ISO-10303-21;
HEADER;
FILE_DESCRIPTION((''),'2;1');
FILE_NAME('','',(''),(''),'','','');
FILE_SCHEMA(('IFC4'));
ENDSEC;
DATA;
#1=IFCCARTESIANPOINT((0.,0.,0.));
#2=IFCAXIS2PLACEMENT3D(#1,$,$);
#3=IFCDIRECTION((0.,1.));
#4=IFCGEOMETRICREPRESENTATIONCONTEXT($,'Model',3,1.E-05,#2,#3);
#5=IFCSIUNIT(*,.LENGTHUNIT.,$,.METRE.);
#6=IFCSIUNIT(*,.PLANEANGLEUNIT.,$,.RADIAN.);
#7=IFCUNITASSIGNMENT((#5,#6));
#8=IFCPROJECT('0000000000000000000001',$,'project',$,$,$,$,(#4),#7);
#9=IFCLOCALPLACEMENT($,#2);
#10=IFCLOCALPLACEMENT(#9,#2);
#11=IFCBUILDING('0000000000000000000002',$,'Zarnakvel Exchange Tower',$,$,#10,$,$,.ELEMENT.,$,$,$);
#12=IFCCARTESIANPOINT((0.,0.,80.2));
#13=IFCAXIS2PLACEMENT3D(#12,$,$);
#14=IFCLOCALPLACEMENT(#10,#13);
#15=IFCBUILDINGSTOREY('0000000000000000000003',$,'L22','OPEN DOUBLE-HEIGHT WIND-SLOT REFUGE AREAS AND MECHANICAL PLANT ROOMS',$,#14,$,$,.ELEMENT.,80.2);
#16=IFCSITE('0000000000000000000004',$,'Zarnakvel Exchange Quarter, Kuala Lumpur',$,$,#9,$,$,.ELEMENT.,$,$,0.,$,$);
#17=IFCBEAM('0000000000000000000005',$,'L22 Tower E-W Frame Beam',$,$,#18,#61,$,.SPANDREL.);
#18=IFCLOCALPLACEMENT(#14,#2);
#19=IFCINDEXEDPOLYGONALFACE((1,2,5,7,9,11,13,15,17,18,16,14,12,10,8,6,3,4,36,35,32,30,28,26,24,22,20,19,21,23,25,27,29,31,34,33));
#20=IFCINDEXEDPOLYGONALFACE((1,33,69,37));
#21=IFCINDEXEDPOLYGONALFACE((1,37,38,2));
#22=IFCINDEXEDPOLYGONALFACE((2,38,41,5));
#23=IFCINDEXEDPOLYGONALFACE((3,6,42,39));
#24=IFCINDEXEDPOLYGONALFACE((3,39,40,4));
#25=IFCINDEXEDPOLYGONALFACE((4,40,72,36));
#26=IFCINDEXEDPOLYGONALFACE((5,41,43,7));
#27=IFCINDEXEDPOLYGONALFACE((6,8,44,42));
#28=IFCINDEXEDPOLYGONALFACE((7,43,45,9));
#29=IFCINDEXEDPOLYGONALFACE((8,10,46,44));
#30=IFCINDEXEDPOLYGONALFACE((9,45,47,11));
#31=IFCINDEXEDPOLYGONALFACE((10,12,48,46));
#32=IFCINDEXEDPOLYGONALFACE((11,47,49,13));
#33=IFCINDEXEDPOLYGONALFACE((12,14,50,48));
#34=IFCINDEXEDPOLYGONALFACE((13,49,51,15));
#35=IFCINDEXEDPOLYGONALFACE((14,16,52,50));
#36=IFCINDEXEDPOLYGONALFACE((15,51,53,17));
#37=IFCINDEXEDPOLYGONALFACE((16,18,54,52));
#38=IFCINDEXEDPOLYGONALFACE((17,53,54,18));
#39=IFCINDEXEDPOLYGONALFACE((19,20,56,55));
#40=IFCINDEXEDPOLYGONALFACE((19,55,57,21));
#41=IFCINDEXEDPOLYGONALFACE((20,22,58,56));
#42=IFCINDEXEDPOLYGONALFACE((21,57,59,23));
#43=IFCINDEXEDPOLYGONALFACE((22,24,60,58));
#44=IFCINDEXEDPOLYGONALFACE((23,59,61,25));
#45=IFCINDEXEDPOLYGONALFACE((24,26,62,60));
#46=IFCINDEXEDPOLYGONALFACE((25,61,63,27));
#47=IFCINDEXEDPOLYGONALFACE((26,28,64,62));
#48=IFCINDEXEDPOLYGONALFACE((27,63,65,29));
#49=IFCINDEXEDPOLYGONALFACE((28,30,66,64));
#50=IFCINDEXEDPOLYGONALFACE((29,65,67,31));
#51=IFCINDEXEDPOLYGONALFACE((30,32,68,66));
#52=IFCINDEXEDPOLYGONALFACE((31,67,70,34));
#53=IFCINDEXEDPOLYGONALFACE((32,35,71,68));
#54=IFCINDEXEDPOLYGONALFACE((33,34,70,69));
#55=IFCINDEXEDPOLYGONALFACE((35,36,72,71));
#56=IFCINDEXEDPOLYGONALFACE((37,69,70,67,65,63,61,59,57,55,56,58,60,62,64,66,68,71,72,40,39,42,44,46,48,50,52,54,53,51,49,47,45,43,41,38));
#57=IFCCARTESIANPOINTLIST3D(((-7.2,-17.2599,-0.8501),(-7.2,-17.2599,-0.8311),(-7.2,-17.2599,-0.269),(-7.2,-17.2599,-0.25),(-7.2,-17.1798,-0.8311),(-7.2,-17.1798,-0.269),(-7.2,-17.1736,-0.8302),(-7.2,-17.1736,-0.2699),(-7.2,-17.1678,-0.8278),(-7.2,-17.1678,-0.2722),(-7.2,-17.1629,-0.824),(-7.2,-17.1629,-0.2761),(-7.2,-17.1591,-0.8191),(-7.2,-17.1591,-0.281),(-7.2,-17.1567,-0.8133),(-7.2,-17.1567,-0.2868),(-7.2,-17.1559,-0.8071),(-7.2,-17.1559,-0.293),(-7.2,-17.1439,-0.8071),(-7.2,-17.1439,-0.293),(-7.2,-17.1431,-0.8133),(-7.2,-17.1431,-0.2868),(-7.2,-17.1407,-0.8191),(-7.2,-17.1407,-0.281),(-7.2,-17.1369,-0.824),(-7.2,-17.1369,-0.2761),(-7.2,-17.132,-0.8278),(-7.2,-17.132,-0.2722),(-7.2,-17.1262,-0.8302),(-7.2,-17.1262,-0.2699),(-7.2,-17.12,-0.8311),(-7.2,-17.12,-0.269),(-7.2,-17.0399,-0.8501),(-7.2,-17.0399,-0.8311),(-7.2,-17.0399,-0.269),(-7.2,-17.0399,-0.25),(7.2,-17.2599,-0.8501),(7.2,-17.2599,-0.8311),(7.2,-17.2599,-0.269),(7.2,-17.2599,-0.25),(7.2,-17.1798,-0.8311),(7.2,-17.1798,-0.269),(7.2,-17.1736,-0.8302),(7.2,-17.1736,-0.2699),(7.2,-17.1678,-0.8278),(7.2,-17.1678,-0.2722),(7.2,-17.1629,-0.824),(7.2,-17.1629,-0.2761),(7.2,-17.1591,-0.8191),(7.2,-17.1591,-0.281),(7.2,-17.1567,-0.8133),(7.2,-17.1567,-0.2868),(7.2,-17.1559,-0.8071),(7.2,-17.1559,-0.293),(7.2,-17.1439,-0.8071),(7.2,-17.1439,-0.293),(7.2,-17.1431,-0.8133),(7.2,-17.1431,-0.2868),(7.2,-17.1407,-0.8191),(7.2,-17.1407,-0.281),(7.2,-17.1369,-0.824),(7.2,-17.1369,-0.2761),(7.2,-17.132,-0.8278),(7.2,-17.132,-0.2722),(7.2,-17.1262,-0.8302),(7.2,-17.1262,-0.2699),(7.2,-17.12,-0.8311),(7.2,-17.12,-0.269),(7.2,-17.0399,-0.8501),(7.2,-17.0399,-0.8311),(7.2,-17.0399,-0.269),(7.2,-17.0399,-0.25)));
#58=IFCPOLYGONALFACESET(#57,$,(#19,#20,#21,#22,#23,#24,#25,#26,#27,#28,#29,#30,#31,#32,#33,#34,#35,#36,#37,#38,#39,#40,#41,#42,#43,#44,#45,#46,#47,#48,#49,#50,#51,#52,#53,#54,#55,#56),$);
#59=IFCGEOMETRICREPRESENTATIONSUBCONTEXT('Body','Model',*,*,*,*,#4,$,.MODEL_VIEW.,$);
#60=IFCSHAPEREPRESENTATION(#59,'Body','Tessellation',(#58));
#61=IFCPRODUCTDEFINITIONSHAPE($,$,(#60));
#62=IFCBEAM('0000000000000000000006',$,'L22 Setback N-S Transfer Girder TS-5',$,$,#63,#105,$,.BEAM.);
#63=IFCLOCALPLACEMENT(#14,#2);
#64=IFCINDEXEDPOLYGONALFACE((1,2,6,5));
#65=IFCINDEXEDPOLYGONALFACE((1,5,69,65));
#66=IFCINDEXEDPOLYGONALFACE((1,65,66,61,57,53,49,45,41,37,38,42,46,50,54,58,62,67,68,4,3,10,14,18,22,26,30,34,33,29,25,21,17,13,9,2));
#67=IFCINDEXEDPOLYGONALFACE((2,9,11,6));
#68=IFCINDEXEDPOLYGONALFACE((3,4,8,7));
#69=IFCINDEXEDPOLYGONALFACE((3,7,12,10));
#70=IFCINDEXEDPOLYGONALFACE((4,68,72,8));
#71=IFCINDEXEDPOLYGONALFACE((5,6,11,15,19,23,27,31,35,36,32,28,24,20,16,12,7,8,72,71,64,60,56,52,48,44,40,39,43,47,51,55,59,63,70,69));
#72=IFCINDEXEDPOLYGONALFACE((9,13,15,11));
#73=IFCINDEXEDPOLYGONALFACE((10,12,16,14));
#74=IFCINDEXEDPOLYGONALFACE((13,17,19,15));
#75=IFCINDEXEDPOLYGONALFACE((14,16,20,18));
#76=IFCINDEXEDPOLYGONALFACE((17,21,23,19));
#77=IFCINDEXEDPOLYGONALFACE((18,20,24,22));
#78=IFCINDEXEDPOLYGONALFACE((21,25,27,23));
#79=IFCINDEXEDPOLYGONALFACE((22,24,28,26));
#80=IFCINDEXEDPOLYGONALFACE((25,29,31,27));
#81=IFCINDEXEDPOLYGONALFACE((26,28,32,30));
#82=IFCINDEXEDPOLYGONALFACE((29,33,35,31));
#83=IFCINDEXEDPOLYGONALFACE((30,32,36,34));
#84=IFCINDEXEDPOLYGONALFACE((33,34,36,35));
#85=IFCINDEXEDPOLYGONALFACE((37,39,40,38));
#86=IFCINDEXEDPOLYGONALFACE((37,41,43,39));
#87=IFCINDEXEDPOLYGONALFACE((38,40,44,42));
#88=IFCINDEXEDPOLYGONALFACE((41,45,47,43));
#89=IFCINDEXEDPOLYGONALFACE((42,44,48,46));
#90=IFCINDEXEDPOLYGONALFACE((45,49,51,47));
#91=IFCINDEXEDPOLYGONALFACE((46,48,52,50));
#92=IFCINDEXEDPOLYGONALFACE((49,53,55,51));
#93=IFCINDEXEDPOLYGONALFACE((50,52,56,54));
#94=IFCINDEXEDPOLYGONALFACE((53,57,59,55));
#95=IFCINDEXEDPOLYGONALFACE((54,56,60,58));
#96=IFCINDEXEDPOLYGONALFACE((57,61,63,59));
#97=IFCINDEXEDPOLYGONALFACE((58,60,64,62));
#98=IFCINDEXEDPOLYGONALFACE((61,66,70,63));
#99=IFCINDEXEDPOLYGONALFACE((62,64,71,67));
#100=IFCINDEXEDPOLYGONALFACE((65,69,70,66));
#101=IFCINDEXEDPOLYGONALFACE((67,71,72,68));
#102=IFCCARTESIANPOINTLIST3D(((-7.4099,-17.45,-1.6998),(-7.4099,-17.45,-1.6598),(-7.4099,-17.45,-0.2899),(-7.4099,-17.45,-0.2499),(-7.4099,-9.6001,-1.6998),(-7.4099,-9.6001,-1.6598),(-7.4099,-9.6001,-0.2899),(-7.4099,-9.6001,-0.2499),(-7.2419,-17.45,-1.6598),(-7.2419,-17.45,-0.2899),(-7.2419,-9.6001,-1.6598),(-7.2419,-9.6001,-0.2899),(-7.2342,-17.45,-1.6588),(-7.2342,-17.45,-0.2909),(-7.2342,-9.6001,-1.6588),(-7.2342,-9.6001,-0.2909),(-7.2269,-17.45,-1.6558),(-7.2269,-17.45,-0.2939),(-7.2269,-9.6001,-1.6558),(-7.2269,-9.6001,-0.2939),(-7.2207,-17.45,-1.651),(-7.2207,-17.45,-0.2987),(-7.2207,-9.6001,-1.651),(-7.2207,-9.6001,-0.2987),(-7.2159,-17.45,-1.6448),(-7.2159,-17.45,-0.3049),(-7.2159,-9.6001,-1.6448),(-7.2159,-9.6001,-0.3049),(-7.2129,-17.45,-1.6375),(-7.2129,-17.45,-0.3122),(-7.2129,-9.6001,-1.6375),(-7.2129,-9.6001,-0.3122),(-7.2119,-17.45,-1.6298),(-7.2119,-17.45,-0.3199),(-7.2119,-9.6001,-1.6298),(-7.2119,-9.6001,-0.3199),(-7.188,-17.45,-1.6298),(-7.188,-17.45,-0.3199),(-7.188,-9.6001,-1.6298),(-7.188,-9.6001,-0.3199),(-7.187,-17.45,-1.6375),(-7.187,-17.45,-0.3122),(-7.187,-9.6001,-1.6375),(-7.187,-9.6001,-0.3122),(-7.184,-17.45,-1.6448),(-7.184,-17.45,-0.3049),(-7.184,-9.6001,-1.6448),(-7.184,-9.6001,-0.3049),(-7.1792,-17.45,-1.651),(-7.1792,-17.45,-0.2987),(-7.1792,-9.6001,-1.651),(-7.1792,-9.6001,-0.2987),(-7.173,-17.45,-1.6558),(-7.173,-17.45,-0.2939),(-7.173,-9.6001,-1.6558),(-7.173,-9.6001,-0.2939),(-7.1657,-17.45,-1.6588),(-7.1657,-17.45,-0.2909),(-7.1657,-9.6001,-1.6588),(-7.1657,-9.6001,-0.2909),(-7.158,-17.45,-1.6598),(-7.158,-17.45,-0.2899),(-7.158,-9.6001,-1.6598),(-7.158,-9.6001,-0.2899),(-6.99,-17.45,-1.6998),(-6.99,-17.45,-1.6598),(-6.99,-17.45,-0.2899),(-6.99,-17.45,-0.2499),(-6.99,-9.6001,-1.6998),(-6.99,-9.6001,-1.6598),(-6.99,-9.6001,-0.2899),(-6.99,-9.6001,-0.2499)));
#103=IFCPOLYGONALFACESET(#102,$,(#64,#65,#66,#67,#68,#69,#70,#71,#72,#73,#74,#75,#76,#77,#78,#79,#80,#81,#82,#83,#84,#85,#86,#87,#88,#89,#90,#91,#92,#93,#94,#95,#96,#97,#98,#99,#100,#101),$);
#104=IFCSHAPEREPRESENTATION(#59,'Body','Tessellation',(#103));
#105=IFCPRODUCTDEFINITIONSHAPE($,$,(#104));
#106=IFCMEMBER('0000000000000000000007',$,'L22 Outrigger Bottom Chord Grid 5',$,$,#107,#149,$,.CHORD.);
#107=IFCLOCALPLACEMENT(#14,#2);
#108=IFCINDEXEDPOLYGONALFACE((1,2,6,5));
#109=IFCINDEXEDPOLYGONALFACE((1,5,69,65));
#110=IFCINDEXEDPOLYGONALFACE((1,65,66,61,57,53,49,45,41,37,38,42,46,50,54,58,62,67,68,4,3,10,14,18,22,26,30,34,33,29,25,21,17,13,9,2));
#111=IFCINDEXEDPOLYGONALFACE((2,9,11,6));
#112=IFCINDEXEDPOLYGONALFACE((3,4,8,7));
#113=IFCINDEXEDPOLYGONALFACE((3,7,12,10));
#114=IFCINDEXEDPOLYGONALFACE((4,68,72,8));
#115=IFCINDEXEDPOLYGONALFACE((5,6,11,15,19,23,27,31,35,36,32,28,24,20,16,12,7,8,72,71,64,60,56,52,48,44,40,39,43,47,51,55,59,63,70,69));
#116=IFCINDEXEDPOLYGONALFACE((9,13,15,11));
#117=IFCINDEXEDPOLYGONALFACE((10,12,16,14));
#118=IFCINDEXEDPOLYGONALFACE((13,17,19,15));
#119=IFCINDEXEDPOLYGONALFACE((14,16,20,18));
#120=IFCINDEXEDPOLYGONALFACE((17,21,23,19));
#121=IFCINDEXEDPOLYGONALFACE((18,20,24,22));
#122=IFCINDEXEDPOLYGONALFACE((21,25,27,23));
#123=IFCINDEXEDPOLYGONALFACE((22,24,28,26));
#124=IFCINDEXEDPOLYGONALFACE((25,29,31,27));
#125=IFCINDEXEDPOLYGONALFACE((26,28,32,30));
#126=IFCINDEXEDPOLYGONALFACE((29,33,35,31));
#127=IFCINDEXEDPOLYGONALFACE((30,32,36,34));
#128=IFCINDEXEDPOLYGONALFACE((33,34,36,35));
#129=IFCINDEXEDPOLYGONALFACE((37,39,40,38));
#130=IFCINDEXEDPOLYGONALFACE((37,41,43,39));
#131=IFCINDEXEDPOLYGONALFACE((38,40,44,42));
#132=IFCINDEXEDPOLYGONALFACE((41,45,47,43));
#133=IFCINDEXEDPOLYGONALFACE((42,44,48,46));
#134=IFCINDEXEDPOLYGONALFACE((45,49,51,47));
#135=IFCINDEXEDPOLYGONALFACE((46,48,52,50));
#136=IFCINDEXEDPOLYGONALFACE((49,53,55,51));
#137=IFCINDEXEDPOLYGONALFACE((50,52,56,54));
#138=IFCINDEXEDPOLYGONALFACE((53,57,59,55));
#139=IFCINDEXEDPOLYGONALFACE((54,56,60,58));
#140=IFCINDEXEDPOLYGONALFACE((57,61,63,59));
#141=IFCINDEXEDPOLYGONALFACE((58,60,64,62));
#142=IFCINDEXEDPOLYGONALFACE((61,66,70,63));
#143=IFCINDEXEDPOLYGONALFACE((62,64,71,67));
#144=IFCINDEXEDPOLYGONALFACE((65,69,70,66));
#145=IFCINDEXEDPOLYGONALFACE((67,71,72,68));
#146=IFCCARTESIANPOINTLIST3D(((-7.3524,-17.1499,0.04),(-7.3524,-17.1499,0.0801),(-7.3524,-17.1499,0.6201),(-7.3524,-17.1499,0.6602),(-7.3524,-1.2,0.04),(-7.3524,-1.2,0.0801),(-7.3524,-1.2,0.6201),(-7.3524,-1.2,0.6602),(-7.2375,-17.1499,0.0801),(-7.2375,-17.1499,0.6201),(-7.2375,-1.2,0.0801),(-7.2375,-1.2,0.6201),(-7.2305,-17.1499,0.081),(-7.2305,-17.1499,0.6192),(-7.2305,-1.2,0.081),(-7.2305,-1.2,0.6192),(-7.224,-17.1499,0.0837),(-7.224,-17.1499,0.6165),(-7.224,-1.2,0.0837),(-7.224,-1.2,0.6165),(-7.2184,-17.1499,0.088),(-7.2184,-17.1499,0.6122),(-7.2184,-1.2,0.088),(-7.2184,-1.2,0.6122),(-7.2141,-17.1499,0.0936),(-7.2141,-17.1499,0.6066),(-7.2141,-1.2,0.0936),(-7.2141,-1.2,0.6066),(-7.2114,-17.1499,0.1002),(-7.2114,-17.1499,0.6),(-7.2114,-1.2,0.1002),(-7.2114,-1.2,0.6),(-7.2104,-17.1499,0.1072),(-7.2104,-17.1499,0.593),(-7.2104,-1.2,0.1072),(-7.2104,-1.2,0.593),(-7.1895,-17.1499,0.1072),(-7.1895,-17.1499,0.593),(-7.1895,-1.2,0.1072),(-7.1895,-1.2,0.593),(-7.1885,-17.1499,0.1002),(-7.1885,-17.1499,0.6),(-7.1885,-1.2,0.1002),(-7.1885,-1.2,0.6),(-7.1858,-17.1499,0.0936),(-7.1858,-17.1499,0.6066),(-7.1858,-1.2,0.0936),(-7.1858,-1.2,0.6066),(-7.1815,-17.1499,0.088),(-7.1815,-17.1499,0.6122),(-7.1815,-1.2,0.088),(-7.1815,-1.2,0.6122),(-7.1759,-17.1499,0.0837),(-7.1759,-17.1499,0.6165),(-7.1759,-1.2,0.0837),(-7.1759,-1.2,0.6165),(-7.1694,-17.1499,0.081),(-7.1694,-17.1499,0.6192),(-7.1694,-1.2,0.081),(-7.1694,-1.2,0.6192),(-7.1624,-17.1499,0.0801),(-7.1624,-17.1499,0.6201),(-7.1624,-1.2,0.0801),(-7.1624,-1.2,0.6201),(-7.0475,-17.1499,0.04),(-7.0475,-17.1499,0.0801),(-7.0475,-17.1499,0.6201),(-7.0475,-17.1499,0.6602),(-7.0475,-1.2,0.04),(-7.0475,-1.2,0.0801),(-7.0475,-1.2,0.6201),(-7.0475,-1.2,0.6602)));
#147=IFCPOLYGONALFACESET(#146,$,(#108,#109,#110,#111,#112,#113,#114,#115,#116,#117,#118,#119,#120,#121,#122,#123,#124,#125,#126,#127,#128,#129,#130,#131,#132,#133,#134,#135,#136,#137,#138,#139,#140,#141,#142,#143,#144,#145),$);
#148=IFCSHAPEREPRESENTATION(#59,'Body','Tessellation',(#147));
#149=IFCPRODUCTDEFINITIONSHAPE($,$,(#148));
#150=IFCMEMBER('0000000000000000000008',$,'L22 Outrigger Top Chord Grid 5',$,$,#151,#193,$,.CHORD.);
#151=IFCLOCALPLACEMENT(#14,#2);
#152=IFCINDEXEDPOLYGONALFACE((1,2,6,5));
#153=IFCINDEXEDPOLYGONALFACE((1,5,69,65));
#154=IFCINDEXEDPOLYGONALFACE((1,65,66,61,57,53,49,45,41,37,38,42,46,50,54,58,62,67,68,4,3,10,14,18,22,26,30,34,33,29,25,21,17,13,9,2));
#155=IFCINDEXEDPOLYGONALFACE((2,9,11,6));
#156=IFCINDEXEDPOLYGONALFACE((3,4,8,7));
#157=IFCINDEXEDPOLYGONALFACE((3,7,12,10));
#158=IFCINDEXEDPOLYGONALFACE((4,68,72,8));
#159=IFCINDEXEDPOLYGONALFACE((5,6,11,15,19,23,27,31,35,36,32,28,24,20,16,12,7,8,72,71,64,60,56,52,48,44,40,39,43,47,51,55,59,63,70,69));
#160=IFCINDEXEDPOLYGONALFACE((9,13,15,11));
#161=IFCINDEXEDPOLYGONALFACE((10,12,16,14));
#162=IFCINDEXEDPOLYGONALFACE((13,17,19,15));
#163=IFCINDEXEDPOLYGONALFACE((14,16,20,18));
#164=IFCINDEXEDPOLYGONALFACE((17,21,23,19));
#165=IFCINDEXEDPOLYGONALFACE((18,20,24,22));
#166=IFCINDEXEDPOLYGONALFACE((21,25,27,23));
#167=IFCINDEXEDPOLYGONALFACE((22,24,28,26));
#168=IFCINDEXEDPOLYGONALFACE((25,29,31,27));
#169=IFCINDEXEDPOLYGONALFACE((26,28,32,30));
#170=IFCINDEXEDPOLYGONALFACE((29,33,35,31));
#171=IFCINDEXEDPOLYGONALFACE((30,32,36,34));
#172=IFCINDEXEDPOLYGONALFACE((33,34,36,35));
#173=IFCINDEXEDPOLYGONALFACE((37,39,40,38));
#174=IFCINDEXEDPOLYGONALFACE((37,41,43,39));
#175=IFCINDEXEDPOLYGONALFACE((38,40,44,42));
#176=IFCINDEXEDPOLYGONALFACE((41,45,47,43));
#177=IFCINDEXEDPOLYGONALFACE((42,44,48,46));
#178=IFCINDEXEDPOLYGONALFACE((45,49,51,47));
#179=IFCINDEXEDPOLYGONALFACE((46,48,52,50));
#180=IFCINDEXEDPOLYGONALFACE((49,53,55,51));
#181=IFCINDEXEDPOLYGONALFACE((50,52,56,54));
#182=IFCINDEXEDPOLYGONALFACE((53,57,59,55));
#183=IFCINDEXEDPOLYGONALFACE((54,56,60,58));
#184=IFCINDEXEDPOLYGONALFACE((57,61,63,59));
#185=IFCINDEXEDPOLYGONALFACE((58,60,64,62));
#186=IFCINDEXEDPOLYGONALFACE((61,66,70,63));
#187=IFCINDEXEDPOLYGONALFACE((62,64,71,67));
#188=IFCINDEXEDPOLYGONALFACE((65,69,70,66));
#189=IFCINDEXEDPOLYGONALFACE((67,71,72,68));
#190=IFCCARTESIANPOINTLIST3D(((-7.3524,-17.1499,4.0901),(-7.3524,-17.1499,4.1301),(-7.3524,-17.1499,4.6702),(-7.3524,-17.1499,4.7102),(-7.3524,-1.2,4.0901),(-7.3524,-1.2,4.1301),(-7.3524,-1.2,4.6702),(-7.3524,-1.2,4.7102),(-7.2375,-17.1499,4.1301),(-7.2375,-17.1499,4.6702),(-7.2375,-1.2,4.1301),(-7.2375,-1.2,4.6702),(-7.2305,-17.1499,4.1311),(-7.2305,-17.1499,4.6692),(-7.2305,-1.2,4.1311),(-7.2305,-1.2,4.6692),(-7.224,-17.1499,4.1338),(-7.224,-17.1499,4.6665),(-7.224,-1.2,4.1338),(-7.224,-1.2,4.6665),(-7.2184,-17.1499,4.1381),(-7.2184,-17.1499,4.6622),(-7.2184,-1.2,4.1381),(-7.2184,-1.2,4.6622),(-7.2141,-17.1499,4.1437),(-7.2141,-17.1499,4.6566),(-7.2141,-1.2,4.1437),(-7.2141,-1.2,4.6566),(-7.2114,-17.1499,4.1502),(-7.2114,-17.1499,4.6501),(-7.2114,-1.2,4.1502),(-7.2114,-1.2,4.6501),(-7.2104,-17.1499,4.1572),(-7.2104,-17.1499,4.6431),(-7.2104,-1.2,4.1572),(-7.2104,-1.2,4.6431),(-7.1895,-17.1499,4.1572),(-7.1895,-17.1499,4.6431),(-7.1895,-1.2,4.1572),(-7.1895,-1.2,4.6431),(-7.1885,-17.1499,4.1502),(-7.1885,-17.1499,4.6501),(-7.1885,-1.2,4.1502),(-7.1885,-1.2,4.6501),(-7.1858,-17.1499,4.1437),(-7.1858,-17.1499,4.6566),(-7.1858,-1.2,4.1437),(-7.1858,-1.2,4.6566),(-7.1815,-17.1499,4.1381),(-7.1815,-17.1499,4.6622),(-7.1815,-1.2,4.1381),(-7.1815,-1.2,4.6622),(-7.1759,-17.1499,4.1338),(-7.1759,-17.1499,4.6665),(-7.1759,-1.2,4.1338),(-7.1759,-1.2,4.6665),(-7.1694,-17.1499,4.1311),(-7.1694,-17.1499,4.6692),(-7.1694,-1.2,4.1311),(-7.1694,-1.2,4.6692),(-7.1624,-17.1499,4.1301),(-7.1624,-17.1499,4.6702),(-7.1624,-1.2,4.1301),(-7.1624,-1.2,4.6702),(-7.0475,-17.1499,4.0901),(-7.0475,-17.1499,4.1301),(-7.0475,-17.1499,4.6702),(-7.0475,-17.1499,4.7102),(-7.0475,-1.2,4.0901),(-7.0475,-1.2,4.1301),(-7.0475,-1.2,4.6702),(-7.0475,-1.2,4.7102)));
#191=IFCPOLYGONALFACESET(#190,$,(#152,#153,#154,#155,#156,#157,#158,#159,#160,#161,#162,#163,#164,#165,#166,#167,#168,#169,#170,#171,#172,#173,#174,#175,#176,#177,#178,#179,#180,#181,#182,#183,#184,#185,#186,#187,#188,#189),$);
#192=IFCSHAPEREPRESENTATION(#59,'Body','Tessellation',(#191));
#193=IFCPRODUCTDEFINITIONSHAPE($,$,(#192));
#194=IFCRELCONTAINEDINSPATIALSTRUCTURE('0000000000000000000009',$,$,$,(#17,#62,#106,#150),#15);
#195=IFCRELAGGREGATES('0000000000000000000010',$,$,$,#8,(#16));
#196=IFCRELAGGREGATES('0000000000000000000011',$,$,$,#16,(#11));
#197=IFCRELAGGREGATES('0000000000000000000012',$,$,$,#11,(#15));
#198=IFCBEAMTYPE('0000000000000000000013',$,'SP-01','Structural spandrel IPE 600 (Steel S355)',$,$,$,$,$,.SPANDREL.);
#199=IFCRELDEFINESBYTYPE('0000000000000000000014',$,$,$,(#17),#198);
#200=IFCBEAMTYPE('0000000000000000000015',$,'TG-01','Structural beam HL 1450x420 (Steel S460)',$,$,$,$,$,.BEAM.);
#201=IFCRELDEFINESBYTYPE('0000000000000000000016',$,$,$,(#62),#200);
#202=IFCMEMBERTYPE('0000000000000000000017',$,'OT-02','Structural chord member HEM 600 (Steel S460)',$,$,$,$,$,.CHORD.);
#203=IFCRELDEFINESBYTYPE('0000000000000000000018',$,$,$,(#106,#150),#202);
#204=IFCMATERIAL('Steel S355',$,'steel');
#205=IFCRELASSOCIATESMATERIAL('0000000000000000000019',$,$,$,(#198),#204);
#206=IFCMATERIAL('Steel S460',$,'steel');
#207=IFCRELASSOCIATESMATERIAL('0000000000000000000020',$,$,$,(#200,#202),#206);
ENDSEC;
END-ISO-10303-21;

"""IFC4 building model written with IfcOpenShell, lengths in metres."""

from ifc_helpers import new_model, si_unit, direction, frame, origin, origin_2d, place, context, subcontext, project, spatial, i_section, extrude, source, transform, mapped, material, material_profile, profile_set, type_object, element, save


model = new_model("IFC4")

# Units and contexts
model_context = context("Model", 3, precision=1e-05, world=origin(), true_north=direction((0.0, 1.0)))
body_context = subcontext(model_context, "Body", "Model", "MODEL_VIEW")
ifc_project = project(units=[si_unit("LENGTHUNIT", "METRE"), si_unit("PLANEANGLEUNIT", "RADIAN")], contexts=[model_context])

# Site, building, storey
site_placement = place(None, origin())
site = spatial("IfcSite", under=ifc_project, at=site_placement, Name="Zarnakvel Exchange Quarter, Kuala Lumpur", CompositionType="ELEMENT", RefElevation=0.0)
building_placement = place(site_placement, origin())
building = spatial("IfcBuilding", under=site, at=building_placement, Name="Zarnakvel Exchange Tower", CompositionType="ELEMENT")
storey_placement = place(building_placement, frame((0.0, 0.0, 80.2)))
storey = spatial("IfcBuildingStorey", under=building, at=storey_placement, Name="L22", Description="OPEN DOUBLE-HEIGHT WIND-SLOT REFUGE AREAS AND MECHANICAL PLANT ROOMS", CompositionType="ELEMENT", Elevation=80.2)

# Beams
ifc_material_1 = material(Name="Steel S355", Category="steel")
ifc_material_profile_1 = material_profile(ifc_material_1, i_section(OverallWidth=0.22, OverallDepth=0.6001, WebThickness=0.012, FlangeThickness=0.019, FilletRadius=0.0239, at=origin_2d()))
ifc_profile_set_1 = profile_set([ifc_material_profile_1], Name="Steel S355")
beam_type_1 = type_object("IfcBeamType", Name="SP-01", Description="Structural spandrel IPE 600 (Steel S355)", PredefinedType="SPANDREL", material=ifc_profile_set_1)
beam_1_placement = place(storey_placement, frame((-7.2, -17.1499, -0.55), z_axis=(1.0, 0.0, 0.0), x_axis=(0.0, 1.0, 0.0)))
element("IfcBeam", 1, at=beam_1_placement, inside=storey, type_object=beam_type_1, Name="L22 Tower E-W Frame Beam", PredefinedType="SPANDREL", context=body_context, shape_type="SweptSolid", body=[
    extrude(i_section(OverallWidth=0.22, OverallDepth=0.6001, WebThickness=0.012, FlangeThickness=0.019, FilletRadius=0.0239, at=origin_2d()), origin(), (0.0, 0.0, 1.0), 14.3999),
])
ifc_material_2 = material(Name="Steel S460", Category="steel")
ifc_material_profile_2 = material_profile(ifc_material_2, i_section(OverallWidth=0.4199, OverallDepth=1.45, WebThickness=0.0239, FlangeThickness=0.04, FilletRadius=0.03, at=origin_2d()))
ifc_profile_set_2 = profile_set([ifc_material_profile_2], Name="Steel S460")
beam_type_2 = type_object("IfcBeamType", Name="TG-01", Description="Structural beam HL 1450x420 (Steel S460)", PredefinedType="BEAM", material=ifc_profile_set_2)
beam_2_placement = place(storey_placement, frame((-7.2, -17.45, -0.9749), z_axis=(0.0, 1.0, 0.0), x_axis=(-1.0, 0.0, 0.0)))
element("IfcBeam", 2, at=beam_2_placement, inside=storey, type_object=beam_type_2, Name="L22 Setback N-S Transfer Girder TS-5", PredefinedType="BEAM", context=body_context, shape_type="SweptSolid", body=[
    extrude(i_section(OverallWidth=0.4199, OverallDepth=1.45, WebThickness=0.0239, FlangeThickness=0.04, FilletRadius=0.03, at=origin_2d()), origin(), (0.0, 0.0, 1.0), 7.8499),
])

# Members
ifc_material_profile_3 = material_profile(ifc_material_2, i_section(OverallWidth=0.3049, OverallDepth=0.6201, WebThickness=0.021, FlangeThickness=0.04, FilletRadius=0.0271, at=origin_2d()))
ifc_profile_set_3 = profile_set([ifc_material_profile_3], Name="Steel S460")
member_type_1 = type_object("IfcMemberType", Name="OT-02", Description="Structural chord member HEM 600 (Steel S460)", PredefinedType="CHORD", material=ifc_profile_set_3)
shared_shape_1 = source(origin(), body_context, "Body", "SweptSolid", [
    extrude(i_section(OverallWidth=0.3049, OverallDepth=0.6201, WebThickness=0.021, FlangeThickness=0.04, FilletRadius=0.0271, at=origin_2d()), origin(), (0.0, 0.0, 1.0), 15.95),
])
for number, where, z_axis, x_axis, name in (
    (3, (-7.2, -17.1499, 0.3501), (0.0, 1.0, 0.0), (-1.0, 0.0, 0.0), "L22 Outrigger Bottom Chord Grid 5"),
    (4, (-7.2, -17.1499, 4.4001), (0.0, 1.0, 0.0), (-1.0, 0.0, 0.0), "L22 Outrigger Top Chord Grid 5"),
):
    element("IfcMember", number, at=place(storey_placement, frame(where, z_axis=z_axis, x_axis=x_axis)), inside=storey, type_object=member_type_1, Name=name, PredefinedType="CHORD", context=body_context, shape_type="MappedRepresentation", body=[
        mapped(shared_shape_1, transform((0.0, 0.0, 0.0), x_axis=(1.0, 0.0, 0.0), y_axis=(0.0, 1.0, 0.0), z_axis=(0.0, 0.0, 1.0), scale=1.0)),
    ])

save(model, "model.ifc")
